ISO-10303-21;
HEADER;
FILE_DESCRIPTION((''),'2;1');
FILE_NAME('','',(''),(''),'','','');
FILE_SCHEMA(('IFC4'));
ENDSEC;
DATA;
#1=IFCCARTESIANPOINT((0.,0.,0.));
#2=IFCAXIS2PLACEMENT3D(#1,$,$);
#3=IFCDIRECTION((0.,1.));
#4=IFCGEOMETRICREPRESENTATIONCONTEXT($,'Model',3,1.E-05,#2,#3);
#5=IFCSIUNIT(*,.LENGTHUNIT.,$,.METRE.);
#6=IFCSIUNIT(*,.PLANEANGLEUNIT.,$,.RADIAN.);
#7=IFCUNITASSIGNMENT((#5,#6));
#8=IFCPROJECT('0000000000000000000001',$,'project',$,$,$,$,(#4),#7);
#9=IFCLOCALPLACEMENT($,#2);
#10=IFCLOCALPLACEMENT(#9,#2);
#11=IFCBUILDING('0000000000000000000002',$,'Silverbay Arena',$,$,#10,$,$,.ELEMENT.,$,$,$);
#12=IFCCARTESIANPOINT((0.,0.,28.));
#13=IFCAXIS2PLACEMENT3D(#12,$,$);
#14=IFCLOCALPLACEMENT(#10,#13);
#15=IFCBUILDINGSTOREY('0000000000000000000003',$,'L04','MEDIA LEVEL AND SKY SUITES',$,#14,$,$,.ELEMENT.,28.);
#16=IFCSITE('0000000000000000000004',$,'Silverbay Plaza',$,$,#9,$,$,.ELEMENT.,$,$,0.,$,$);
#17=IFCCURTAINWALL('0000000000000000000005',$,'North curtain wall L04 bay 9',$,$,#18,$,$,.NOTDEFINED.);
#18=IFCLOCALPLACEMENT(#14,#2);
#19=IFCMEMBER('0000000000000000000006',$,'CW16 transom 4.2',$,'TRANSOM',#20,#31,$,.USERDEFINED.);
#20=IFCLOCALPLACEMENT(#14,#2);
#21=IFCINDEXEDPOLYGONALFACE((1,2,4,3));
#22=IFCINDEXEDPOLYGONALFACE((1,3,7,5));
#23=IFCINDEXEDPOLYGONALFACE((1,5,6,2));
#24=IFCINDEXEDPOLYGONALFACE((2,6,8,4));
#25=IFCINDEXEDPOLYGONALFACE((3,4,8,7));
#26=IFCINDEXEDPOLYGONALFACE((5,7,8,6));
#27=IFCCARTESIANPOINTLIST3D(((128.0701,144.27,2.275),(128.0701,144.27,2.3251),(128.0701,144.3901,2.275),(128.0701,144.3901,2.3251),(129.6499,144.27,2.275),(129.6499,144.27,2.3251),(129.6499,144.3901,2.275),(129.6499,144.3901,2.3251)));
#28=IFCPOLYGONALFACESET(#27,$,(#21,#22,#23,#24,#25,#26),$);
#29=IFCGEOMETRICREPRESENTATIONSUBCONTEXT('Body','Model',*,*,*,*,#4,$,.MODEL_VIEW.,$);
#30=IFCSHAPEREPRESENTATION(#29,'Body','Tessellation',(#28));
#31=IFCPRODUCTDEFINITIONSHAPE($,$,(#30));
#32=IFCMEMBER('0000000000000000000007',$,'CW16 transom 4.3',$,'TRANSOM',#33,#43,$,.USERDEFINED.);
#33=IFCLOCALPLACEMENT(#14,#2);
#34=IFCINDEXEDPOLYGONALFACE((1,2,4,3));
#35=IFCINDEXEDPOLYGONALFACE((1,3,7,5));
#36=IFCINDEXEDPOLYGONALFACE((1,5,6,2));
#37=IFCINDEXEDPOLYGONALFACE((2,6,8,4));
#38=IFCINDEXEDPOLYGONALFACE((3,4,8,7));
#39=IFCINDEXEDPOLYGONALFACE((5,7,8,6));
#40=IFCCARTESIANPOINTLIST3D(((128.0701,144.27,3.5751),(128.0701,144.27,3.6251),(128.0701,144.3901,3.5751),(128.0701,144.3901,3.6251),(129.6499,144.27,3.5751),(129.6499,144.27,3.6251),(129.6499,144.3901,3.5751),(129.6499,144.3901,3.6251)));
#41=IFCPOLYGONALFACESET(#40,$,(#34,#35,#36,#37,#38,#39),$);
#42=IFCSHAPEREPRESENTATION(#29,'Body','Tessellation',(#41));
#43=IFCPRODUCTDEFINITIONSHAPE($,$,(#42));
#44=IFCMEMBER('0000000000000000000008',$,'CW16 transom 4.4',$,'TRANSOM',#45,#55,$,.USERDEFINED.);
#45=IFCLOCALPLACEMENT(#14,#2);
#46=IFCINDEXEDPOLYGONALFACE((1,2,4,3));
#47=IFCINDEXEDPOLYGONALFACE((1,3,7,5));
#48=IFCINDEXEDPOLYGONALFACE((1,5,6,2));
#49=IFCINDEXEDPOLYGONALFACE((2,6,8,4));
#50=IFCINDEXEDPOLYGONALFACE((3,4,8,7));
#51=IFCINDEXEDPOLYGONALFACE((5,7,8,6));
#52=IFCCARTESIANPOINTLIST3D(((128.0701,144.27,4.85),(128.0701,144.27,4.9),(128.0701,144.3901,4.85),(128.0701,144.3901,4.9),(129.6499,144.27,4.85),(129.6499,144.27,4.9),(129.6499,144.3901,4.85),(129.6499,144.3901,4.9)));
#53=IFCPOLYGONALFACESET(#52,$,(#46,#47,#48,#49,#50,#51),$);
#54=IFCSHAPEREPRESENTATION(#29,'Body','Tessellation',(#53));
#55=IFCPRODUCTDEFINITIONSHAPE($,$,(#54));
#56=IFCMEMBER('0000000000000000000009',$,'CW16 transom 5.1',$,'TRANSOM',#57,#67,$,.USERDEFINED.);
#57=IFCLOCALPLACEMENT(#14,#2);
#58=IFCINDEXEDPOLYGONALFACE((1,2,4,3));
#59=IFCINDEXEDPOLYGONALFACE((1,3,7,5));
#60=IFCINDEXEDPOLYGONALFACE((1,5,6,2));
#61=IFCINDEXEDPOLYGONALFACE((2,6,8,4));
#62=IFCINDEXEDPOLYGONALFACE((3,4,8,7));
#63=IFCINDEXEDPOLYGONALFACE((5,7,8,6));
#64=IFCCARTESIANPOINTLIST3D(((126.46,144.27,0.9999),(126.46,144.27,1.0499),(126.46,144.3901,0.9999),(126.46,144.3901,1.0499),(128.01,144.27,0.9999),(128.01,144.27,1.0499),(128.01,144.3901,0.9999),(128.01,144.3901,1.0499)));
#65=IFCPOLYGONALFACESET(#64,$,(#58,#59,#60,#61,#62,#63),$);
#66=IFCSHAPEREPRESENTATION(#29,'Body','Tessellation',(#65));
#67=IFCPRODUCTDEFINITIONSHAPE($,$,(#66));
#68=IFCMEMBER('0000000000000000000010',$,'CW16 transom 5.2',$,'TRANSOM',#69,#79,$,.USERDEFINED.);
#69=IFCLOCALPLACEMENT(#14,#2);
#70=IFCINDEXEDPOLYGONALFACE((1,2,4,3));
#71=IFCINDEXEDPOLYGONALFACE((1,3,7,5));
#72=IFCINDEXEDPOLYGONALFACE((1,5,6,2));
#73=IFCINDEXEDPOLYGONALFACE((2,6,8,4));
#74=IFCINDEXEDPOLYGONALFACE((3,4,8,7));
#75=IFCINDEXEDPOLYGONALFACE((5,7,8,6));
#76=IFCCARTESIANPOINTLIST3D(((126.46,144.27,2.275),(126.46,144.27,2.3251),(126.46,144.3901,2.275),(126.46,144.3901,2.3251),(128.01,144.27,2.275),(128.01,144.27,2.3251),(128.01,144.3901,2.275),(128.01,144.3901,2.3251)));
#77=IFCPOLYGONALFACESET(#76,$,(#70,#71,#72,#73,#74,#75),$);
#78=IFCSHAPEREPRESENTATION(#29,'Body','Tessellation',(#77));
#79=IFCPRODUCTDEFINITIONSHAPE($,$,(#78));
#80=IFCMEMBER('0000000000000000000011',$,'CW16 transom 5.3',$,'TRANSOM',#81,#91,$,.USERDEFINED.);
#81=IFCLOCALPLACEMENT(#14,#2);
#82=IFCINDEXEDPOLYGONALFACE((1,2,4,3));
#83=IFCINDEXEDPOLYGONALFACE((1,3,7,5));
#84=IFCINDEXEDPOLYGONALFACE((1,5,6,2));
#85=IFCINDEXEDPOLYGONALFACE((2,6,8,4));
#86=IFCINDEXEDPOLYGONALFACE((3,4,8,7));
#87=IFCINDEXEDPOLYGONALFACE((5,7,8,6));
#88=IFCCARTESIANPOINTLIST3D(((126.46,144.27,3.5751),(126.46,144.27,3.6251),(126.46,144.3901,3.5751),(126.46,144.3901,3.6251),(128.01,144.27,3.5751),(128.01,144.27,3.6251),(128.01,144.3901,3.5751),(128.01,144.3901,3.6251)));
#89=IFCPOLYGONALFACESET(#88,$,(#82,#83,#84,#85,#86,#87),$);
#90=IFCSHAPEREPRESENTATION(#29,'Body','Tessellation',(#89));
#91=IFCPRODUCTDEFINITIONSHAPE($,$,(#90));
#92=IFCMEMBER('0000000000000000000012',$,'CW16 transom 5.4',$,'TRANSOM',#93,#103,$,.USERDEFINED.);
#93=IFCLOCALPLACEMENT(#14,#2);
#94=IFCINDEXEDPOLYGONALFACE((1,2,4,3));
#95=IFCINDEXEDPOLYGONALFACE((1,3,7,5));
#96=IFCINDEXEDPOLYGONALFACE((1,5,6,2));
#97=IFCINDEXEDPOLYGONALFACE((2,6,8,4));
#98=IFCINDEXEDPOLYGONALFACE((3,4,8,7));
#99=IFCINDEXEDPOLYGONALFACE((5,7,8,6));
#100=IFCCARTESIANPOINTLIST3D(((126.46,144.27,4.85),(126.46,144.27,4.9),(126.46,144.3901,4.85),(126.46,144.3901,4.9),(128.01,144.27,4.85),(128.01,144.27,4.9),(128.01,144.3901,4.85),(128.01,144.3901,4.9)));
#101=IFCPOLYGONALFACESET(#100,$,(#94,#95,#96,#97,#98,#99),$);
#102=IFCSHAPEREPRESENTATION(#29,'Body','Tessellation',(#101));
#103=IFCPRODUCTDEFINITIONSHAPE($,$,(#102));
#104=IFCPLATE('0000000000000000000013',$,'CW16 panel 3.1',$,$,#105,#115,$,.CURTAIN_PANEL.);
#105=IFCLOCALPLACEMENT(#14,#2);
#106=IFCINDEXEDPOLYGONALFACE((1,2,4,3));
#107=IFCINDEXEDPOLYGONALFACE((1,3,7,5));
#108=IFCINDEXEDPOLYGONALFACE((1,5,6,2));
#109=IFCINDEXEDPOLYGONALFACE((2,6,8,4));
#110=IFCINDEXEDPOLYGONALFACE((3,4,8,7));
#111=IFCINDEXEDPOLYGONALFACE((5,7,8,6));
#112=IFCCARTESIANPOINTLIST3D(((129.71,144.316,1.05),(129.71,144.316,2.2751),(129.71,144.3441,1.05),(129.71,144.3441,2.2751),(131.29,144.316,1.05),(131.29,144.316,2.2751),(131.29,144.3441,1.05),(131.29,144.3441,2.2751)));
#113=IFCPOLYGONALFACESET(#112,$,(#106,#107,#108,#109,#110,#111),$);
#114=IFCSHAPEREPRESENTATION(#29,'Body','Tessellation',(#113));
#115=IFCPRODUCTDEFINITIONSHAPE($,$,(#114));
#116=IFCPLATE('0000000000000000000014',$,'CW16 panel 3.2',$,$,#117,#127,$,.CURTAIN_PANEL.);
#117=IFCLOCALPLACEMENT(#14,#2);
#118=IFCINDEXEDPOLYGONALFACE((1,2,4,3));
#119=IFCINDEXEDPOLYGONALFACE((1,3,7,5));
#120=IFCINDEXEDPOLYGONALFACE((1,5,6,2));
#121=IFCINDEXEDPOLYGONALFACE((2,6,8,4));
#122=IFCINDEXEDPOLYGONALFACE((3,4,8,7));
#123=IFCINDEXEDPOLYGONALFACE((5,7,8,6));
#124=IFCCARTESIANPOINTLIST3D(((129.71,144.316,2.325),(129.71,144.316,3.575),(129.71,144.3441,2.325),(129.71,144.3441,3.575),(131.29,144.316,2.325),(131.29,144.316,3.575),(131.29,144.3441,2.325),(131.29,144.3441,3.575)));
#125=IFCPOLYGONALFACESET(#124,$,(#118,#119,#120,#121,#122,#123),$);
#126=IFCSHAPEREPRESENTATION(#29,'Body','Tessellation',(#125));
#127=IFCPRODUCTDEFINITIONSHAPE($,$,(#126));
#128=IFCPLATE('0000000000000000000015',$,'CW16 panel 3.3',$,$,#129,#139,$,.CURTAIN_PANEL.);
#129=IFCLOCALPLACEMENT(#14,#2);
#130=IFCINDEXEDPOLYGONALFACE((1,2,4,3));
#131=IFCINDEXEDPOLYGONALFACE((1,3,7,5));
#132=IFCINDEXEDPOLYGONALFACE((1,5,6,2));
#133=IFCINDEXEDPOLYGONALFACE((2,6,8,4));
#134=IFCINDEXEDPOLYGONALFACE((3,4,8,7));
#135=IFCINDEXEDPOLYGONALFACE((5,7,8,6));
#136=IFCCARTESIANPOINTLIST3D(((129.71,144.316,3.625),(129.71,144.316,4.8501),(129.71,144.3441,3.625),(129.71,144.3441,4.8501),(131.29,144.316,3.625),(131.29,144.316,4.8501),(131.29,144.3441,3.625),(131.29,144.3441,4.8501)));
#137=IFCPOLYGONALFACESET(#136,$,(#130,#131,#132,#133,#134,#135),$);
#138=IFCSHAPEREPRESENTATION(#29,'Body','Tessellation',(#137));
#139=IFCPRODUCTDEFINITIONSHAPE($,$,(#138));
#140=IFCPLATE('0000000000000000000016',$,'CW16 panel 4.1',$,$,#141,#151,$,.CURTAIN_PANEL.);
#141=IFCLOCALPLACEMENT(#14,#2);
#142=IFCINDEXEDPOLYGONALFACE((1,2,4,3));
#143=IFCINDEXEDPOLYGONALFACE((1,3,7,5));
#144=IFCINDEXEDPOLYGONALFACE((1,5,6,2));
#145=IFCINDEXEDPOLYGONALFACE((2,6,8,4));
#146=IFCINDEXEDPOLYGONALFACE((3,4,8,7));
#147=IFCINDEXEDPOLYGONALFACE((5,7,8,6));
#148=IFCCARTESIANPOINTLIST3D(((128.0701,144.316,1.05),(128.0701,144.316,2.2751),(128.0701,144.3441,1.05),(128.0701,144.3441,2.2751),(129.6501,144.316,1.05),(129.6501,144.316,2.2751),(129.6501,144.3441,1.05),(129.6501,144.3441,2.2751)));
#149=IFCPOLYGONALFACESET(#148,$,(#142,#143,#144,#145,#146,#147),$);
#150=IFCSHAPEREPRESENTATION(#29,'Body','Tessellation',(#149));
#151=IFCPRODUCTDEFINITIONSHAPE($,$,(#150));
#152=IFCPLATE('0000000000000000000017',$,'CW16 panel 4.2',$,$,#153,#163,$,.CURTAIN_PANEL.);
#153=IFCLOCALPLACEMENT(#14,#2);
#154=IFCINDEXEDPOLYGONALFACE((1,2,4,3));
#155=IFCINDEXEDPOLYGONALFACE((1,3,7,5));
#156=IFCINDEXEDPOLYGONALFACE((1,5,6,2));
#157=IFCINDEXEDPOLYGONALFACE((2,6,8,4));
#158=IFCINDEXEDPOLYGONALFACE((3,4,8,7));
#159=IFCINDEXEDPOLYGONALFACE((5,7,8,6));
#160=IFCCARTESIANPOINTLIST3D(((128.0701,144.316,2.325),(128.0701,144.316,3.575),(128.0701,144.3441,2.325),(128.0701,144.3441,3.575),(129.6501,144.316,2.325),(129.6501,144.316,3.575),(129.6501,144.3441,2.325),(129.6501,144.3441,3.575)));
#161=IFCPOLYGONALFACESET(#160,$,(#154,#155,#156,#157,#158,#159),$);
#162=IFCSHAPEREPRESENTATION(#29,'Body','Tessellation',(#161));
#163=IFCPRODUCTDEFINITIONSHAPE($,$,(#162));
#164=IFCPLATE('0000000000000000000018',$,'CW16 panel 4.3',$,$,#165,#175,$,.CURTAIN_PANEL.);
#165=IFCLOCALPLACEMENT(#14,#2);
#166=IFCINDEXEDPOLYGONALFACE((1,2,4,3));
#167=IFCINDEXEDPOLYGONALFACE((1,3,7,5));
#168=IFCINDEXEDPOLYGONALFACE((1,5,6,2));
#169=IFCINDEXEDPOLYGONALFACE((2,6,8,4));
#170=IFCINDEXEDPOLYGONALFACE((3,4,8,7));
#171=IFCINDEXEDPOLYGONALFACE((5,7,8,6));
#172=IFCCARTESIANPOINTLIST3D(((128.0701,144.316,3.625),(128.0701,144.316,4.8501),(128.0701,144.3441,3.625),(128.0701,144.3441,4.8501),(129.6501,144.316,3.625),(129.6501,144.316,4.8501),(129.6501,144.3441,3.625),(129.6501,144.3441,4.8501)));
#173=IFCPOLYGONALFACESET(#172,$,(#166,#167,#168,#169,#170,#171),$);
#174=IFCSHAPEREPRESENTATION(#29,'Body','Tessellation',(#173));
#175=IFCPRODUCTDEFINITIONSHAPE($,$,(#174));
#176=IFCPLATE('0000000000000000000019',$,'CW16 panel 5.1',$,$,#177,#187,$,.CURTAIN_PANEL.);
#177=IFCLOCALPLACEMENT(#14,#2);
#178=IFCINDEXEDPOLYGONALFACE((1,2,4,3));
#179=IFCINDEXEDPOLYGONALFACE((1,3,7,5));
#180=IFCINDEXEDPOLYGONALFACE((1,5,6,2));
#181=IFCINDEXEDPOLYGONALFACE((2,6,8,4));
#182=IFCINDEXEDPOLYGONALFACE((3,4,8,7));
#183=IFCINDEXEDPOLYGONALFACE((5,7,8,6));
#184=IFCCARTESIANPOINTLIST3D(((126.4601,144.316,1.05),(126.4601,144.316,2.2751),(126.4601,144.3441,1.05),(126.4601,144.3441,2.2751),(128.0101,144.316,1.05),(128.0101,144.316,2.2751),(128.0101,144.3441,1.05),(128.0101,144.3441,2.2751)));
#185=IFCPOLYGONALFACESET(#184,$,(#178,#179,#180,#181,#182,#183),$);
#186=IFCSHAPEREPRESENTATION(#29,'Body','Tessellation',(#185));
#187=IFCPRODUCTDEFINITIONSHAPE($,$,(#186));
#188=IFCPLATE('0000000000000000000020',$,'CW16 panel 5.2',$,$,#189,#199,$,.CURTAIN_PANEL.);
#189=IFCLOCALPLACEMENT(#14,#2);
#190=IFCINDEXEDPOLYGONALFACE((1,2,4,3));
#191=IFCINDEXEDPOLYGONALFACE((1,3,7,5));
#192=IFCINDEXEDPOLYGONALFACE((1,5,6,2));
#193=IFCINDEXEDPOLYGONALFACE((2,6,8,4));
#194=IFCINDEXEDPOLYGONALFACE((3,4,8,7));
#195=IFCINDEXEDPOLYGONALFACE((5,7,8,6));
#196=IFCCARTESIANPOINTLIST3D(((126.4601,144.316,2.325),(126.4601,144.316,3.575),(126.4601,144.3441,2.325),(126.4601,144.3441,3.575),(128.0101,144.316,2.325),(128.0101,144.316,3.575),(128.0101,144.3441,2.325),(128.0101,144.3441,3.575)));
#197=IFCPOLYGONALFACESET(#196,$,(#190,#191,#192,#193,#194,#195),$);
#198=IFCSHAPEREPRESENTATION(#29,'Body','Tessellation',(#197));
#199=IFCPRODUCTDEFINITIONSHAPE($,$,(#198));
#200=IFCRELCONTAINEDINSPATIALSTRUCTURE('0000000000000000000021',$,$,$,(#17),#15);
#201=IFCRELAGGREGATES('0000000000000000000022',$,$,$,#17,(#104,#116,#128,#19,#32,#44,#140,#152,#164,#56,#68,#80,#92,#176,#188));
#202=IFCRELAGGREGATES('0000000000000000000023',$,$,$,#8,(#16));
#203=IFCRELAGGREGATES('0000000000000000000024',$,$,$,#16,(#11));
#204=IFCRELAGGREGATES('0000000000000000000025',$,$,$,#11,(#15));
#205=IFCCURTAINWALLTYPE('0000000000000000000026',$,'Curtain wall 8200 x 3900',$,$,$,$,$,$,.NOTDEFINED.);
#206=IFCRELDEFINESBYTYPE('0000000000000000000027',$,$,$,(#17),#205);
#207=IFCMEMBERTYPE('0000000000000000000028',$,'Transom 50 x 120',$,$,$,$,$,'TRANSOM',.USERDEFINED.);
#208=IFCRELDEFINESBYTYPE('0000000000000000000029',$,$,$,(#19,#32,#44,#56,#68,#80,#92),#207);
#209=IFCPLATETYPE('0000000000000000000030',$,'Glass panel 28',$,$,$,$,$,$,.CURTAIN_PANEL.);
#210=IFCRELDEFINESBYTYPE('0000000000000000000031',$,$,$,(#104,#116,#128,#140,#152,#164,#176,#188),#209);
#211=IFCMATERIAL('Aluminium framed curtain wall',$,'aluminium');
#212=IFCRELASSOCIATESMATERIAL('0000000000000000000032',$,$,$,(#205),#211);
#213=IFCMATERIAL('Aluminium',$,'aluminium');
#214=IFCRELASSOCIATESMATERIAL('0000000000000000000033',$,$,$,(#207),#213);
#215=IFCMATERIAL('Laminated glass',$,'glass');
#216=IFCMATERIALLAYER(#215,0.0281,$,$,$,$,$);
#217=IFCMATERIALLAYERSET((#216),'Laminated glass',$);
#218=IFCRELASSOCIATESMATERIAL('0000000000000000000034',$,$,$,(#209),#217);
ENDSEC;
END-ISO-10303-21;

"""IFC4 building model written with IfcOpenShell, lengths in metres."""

from ifc_helpers import new_model, si_unit, direction, frame, origin, origin_2d, place, context, subcontext, project, spatial, rectangle, extrude, material, layer, layer_set, material_profile, profile_set, type_object, element, aggregate, save


model = new_model("IFC4")

# Units and contexts
model_context = context("Model", 3, precision=1e-05, world=origin(), true_north=direction((0.0, 1.0)))
body_context = subcontext(model_context, "Body", "Model", "MODEL_VIEW")
ifc_project = project(units=[si_unit("LENGTHUNIT", "METRE"), si_unit("PLANEANGLEUNIT", "RADIAN")], contexts=[model_context])

# Site, building, storey
site_placement = place(None, origin())
site = spatial("IfcSite", under=ifc_project, at=site_placement, Name="Silverbay Plaza", CompositionType="ELEMENT", RefElevation=0.0)
building_placement = place(site_placement, origin())
building = spatial("IfcBuilding", under=site, at=building_placement, Name="Silverbay Arena", CompositionType="ELEMENT")
storey_placement = place(building_placement, frame((0.0, 0.0, 28.0)))
storey = spatial("IfcBuildingStorey", under=building, at=storey_placement, Name="L04", Description="MEDIA LEVEL AND SKY SUITES", CompositionType="ELEMENT", Elevation=28.0)

# Curtain wall
ifc_material_1 = material(Name="Aluminium framed curtain wall", Category="aluminium")
curtain_wall_type = type_object("IfcCurtainWallType", Name="Curtain wall 8200 x 3900", PredefinedType="NOTDEFINED", material=ifc_material_1)
curtain_wall_placement = place(storey_placement, origin())
curtain_wall = element("IfcCurtainWall", 1, at=curtain_wall_placement, inside=storey, type_object=curtain_wall_type, Name="North curtain wall L04 bay 9", PredefinedType="NOTDEFINED")

# Members
ifc_material_2 = material(Name="Aluminium", Category="aluminium")
ifc_material_profile_1 = material_profile(ifc_material_2, rectangle(XDim=0.1201, YDim=0.05, at=origin_2d()), Name="Transom 50 x 120")
ifc_profile_set_1 = profile_set([ifc_material_profile_1], Name="Aluminium")
member_type_1 = type_object("IfcMemberType", Name="Transom 50 x 120", ElementType="TRANSOM", PredefinedType="USERDEFINED", material=ifc_profile_set_1)
member_1_placement = place(storey_placement, frame((129.6499, 144.3301, 2.3), z_axis=(-1.0, 0.0, 0.0), x_axis=(0.0, -1.0, 0.0)))
member_1 = element("IfcMember", 2, at=member_1_placement, type_object=member_type_1, Name="CW16 transom 4.2", ObjectType="TRANSOM", PredefinedType="USERDEFINED", context=body_context, shape_type="SweptSolid", body=[
    extrude(rectangle(XDim=0.1201, YDim=0.05, at=origin_2d()), origin(), (0.0, 0.0, 1.0), 1.5798),
])
member_2_placement = place(storey_placement, frame((129.6499, 144.3301, 3.6001), z_axis=(-1.0, 0.0, 0.0), x_axis=(0.0, -1.0, 0.0)))
member_2 = element("IfcMember", 3, at=member_2_placement, type_object=member_type_1, Name="CW16 transom 4.3", ObjectType="TRANSOM", PredefinedType="USERDEFINED", context=body_context, shape_type="SweptSolid", body=[
    extrude(rectangle(XDim=0.1201, YDim=0.05, at=origin_2d()), origin(), (0.0, 0.0, 1.0), 1.5798),
])
member_3_placement = place(storey_placement, frame((129.6499, 144.3301, 4.875), z_axis=(-1.0, 0.0, 0.0), x_axis=(0.0, -1.0, 0.0)))
member_3 = element("IfcMember", 4, at=member_3_placement, type_object=member_type_1, Name="CW16 transom 4.4", ObjectType="TRANSOM", PredefinedType="USERDEFINED", context=body_context, shape_type="SweptSolid", body=[
    extrude(rectangle(XDim=0.1201, YDim=0.05, at=origin_2d()), origin(), (0.0, 0.0, 1.0), 1.5798),
])
member_4_placement = place(storey_placement, frame((128.01, 144.3301, 1.0249), z_axis=(-1.0, 0.0, 0.0), x_axis=(0.0, -1.0, 0.0)))
member_4 = element("IfcMember", 5, at=member_4_placement, type_object=member_type_1, Name="CW16 transom 5.1", ObjectType="TRANSOM", PredefinedType="USERDEFINED", context=body_context, shape_type="SweptSolid", body=[
    extrude(rectangle(XDim=0.1201, YDim=0.05, at=origin_2d()), origin(), (0.0, 0.0, 1.0), 1.55),
])
member_5_placement = place(storey_placement, frame((128.01, 144.3301, 2.3), z_axis=(-1.0, 0.0, 0.0), x_axis=(0.0, -1.0, 0.0)))
member_5 = element("IfcMember", 6, at=member_5_placement, type_object=member_type_1, Name="CW16 transom 5.2", ObjectType="TRANSOM", PredefinedType="USERDEFINED", context=body_context, shape_type="SweptSolid", body=[
    extrude(rectangle(XDim=0.1201, YDim=0.05, at=origin_2d()), origin(), (0.0, 0.0, 1.0), 1.55),
])
member_6_placement = place(storey_placement, frame((128.01, 144.3301, 3.6001), z_axis=(-1.0, 0.0, 0.0), x_axis=(0.0, -1.0, 0.0)))
member_6 = element("IfcMember", 7, at=member_6_placement, type_object=member_type_1, Name="CW16 transom 5.3", ObjectType="TRANSOM", PredefinedType="USERDEFINED", context=body_context, shape_type="SweptSolid", body=[
    extrude(rectangle(XDim=0.1201, YDim=0.05, at=origin_2d()), origin(), (0.0, 0.0, 1.0), 1.55),
])
member_7_placement = place(storey_placement, frame((128.01, 144.3301, 4.875), z_axis=(-1.0, 0.0, 0.0), x_axis=(0.0, -1.0, 0.0)))
member_7 = element("IfcMember", 8, at=member_7_placement, type_object=member_type_1, Name="CW16 transom 5.4", ObjectType="TRANSOM", PredefinedType="USERDEFINED", context=body_context, shape_type="SweptSolid", body=[
    extrude(rectangle(XDim=0.1201, YDim=0.05, at=origin_2d()), origin(), (0.0, 0.0, 1.0), 1.55),
])

# Plates
ifc_material_3 = material(Name="Laminated glass", Category="glass")
ifc_layer_1 = layer(ifc_material_3, 0.0281)
ifc_layer_set_1 = layer_set([ifc_layer_1], Name="Laminated glass")
plate_type = type_object("IfcPlateType", Name="Glass panel 28", PredefinedType="CURTAIN_PANEL", material=ifc_layer_set_1)
plate_1_placement = place(storey_placement, frame((130.5, 144.3301, 1.05), z_axis=(0.0, 0.0, 1.0), x_axis=(-1.0, 0.0, 0.0)))
plate_1 = element("IfcPlate", 9, at=plate_1_placement, type_object=plate_type, Name="CW16 panel 3.1", PredefinedType="CURTAIN_PANEL", context=body_context, shape_type="SweptSolid", body=[
    extrude(rectangle(XDim=1.5801, YDim=0.0281, at=origin_2d()), origin(), (0.0, 0.0, 1.0), 1.2251),
])
plate_2_placement = place(storey_placement, frame((130.5, 144.3301, 2.325), z_axis=(0.0, 0.0, 1.0), x_axis=(-1.0, 0.0, 0.0)))
plate_2 = element("IfcPlate", 10, at=plate_2_placement, type_object=plate_type, Name="CW16 panel 3.2", PredefinedType="CURTAIN_PANEL", context=body_context, shape_type="SweptSolid", body=[
    extrude(rectangle(XDim=1.5801, YDim=0.0281, at=origin_2d()), origin(), (0.0, 0.0, 1.0), 1.25),
])
plate_3_placement = place(storey_placement, frame((130.5, 144.3301, 3.625), z_axis=(0.0, 0.0, 1.0), x_axis=(-1.0, 0.0, 0.0)))
plate_3 = element("IfcPlate", 11, at=plate_3_placement, type_object=plate_type, Name="CW16 panel 3.3", PredefinedType="CURTAIN_PANEL", context=body_context, shape_type="SweptSolid", body=[
    extrude(rectangle(XDim=1.5801, YDim=0.0281, at=origin_2d()), origin(), (0.0, 0.0, 1.0), 1.2251),
])
plate_4_placement = place(storey_placement, frame((128.8601, 144.3301, 1.05), z_axis=(0.0, 0.0, 1.0), x_axis=(-1.0, 0.0, 0.0)))
plate_4 = element("IfcPlate", 12, at=plate_4_placement, type_object=plate_type, Name="CW16 panel 4.1", PredefinedType="CURTAIN_PANEL", context=body_context, shape_type="SweptSolid", body=[
    extrude(rectangle(XDim=1.5801, YDim=0.0281, at=origin_2d()), origin(), (0.0, 0.0, 1.0), 1.2251),
])
plate_5_placement = place(storey_placement, frame((128.8601, 144.3301, 2.325), z_axis=(0.0, 0.0, 1.0), x_axis=(-1.0, 0.0, 0.0)))
plate_5 = element("IfcPlate", 13, at=plate_5_placement, type_object=plate_type, Name="CW16 panel 4.2", PredefinedType="CURTAIN_PANEL", context=body_context, shape_type="SweptSolid", body=[
    extrude(rectangle(XDim=1.5801, YDim=0.0281, at=origin_2d()), origin(), (0.0, 0.0, 1.0), 1.25),
])
plate_6_placement = place(storey_placement, frame((128.8601, 144.3301, 3.625), z_axis=(0.0, 0.0, 1.0), x_axis=(-1.0, 0.0, 0.0)))
plate_6 = element("IfcPlate", 14, at=plate_6_placement, type_object=plate_type, Name="CW16 panel 4.3", PredefinedType="CURTAIN_PANEL", context=body_context, shape_type="SweptSolid", body=[
    extrude(rectangle(XDim=1.5801, YDim=0.0281, at=origin_2d()), origin(), (0.0, 0.0, 1.0), 1.2251),
])
plate_7_placement = place(storey_placement, frame((127.2351, 144.3301, 1.05), z_axis=(0.0, 0.0, 1.0), x_axis=(-1.0, 0.0, 0.0)))
plate_7 = element("IfcPlate", 15, at=plate_7_placement, type_object=plate_type, Name="CW16 panel 5.1", PredefinedType="CURTAIN_PANEL", context=body_context, shape_type="SweptSolid", body=[
    extrude(rectangle(XDim=1.55, YDim=0.0281, at=origin_2d()), origin(), (0.0, 0.0, 1.0), 1.2251),
])
plate_8_placement = place(storey_placement, frame((127.2351, 144.3301, 2.325), z_axis=(0.0, 0.0, 1.0), x_axis=(-1.0, 0.0, 0.0)))
plate_8 = element("IfcPlate", 16, at=plate_8_placement, type_object=plate_type, Name="CW16 panel 5.2", PredefinedType="CURTAIN_PANEL", context=body_context, shape_type="SweptSolid", body=[
    extrude(rectangle(XDim=1.55, YDim=0.0281, at=origin_2d()), origin(), (0.0, 0.0, 1.0), 1.25),
])
aggregate(curtain_wall, [plate_1, plate_2, plate_3, member_1, member_2, member_3, plate_4, plate_5, plate_6, member_4, member_5, member_6, member_7, plate_7, plate_8])

save(model, "model.ifc")
